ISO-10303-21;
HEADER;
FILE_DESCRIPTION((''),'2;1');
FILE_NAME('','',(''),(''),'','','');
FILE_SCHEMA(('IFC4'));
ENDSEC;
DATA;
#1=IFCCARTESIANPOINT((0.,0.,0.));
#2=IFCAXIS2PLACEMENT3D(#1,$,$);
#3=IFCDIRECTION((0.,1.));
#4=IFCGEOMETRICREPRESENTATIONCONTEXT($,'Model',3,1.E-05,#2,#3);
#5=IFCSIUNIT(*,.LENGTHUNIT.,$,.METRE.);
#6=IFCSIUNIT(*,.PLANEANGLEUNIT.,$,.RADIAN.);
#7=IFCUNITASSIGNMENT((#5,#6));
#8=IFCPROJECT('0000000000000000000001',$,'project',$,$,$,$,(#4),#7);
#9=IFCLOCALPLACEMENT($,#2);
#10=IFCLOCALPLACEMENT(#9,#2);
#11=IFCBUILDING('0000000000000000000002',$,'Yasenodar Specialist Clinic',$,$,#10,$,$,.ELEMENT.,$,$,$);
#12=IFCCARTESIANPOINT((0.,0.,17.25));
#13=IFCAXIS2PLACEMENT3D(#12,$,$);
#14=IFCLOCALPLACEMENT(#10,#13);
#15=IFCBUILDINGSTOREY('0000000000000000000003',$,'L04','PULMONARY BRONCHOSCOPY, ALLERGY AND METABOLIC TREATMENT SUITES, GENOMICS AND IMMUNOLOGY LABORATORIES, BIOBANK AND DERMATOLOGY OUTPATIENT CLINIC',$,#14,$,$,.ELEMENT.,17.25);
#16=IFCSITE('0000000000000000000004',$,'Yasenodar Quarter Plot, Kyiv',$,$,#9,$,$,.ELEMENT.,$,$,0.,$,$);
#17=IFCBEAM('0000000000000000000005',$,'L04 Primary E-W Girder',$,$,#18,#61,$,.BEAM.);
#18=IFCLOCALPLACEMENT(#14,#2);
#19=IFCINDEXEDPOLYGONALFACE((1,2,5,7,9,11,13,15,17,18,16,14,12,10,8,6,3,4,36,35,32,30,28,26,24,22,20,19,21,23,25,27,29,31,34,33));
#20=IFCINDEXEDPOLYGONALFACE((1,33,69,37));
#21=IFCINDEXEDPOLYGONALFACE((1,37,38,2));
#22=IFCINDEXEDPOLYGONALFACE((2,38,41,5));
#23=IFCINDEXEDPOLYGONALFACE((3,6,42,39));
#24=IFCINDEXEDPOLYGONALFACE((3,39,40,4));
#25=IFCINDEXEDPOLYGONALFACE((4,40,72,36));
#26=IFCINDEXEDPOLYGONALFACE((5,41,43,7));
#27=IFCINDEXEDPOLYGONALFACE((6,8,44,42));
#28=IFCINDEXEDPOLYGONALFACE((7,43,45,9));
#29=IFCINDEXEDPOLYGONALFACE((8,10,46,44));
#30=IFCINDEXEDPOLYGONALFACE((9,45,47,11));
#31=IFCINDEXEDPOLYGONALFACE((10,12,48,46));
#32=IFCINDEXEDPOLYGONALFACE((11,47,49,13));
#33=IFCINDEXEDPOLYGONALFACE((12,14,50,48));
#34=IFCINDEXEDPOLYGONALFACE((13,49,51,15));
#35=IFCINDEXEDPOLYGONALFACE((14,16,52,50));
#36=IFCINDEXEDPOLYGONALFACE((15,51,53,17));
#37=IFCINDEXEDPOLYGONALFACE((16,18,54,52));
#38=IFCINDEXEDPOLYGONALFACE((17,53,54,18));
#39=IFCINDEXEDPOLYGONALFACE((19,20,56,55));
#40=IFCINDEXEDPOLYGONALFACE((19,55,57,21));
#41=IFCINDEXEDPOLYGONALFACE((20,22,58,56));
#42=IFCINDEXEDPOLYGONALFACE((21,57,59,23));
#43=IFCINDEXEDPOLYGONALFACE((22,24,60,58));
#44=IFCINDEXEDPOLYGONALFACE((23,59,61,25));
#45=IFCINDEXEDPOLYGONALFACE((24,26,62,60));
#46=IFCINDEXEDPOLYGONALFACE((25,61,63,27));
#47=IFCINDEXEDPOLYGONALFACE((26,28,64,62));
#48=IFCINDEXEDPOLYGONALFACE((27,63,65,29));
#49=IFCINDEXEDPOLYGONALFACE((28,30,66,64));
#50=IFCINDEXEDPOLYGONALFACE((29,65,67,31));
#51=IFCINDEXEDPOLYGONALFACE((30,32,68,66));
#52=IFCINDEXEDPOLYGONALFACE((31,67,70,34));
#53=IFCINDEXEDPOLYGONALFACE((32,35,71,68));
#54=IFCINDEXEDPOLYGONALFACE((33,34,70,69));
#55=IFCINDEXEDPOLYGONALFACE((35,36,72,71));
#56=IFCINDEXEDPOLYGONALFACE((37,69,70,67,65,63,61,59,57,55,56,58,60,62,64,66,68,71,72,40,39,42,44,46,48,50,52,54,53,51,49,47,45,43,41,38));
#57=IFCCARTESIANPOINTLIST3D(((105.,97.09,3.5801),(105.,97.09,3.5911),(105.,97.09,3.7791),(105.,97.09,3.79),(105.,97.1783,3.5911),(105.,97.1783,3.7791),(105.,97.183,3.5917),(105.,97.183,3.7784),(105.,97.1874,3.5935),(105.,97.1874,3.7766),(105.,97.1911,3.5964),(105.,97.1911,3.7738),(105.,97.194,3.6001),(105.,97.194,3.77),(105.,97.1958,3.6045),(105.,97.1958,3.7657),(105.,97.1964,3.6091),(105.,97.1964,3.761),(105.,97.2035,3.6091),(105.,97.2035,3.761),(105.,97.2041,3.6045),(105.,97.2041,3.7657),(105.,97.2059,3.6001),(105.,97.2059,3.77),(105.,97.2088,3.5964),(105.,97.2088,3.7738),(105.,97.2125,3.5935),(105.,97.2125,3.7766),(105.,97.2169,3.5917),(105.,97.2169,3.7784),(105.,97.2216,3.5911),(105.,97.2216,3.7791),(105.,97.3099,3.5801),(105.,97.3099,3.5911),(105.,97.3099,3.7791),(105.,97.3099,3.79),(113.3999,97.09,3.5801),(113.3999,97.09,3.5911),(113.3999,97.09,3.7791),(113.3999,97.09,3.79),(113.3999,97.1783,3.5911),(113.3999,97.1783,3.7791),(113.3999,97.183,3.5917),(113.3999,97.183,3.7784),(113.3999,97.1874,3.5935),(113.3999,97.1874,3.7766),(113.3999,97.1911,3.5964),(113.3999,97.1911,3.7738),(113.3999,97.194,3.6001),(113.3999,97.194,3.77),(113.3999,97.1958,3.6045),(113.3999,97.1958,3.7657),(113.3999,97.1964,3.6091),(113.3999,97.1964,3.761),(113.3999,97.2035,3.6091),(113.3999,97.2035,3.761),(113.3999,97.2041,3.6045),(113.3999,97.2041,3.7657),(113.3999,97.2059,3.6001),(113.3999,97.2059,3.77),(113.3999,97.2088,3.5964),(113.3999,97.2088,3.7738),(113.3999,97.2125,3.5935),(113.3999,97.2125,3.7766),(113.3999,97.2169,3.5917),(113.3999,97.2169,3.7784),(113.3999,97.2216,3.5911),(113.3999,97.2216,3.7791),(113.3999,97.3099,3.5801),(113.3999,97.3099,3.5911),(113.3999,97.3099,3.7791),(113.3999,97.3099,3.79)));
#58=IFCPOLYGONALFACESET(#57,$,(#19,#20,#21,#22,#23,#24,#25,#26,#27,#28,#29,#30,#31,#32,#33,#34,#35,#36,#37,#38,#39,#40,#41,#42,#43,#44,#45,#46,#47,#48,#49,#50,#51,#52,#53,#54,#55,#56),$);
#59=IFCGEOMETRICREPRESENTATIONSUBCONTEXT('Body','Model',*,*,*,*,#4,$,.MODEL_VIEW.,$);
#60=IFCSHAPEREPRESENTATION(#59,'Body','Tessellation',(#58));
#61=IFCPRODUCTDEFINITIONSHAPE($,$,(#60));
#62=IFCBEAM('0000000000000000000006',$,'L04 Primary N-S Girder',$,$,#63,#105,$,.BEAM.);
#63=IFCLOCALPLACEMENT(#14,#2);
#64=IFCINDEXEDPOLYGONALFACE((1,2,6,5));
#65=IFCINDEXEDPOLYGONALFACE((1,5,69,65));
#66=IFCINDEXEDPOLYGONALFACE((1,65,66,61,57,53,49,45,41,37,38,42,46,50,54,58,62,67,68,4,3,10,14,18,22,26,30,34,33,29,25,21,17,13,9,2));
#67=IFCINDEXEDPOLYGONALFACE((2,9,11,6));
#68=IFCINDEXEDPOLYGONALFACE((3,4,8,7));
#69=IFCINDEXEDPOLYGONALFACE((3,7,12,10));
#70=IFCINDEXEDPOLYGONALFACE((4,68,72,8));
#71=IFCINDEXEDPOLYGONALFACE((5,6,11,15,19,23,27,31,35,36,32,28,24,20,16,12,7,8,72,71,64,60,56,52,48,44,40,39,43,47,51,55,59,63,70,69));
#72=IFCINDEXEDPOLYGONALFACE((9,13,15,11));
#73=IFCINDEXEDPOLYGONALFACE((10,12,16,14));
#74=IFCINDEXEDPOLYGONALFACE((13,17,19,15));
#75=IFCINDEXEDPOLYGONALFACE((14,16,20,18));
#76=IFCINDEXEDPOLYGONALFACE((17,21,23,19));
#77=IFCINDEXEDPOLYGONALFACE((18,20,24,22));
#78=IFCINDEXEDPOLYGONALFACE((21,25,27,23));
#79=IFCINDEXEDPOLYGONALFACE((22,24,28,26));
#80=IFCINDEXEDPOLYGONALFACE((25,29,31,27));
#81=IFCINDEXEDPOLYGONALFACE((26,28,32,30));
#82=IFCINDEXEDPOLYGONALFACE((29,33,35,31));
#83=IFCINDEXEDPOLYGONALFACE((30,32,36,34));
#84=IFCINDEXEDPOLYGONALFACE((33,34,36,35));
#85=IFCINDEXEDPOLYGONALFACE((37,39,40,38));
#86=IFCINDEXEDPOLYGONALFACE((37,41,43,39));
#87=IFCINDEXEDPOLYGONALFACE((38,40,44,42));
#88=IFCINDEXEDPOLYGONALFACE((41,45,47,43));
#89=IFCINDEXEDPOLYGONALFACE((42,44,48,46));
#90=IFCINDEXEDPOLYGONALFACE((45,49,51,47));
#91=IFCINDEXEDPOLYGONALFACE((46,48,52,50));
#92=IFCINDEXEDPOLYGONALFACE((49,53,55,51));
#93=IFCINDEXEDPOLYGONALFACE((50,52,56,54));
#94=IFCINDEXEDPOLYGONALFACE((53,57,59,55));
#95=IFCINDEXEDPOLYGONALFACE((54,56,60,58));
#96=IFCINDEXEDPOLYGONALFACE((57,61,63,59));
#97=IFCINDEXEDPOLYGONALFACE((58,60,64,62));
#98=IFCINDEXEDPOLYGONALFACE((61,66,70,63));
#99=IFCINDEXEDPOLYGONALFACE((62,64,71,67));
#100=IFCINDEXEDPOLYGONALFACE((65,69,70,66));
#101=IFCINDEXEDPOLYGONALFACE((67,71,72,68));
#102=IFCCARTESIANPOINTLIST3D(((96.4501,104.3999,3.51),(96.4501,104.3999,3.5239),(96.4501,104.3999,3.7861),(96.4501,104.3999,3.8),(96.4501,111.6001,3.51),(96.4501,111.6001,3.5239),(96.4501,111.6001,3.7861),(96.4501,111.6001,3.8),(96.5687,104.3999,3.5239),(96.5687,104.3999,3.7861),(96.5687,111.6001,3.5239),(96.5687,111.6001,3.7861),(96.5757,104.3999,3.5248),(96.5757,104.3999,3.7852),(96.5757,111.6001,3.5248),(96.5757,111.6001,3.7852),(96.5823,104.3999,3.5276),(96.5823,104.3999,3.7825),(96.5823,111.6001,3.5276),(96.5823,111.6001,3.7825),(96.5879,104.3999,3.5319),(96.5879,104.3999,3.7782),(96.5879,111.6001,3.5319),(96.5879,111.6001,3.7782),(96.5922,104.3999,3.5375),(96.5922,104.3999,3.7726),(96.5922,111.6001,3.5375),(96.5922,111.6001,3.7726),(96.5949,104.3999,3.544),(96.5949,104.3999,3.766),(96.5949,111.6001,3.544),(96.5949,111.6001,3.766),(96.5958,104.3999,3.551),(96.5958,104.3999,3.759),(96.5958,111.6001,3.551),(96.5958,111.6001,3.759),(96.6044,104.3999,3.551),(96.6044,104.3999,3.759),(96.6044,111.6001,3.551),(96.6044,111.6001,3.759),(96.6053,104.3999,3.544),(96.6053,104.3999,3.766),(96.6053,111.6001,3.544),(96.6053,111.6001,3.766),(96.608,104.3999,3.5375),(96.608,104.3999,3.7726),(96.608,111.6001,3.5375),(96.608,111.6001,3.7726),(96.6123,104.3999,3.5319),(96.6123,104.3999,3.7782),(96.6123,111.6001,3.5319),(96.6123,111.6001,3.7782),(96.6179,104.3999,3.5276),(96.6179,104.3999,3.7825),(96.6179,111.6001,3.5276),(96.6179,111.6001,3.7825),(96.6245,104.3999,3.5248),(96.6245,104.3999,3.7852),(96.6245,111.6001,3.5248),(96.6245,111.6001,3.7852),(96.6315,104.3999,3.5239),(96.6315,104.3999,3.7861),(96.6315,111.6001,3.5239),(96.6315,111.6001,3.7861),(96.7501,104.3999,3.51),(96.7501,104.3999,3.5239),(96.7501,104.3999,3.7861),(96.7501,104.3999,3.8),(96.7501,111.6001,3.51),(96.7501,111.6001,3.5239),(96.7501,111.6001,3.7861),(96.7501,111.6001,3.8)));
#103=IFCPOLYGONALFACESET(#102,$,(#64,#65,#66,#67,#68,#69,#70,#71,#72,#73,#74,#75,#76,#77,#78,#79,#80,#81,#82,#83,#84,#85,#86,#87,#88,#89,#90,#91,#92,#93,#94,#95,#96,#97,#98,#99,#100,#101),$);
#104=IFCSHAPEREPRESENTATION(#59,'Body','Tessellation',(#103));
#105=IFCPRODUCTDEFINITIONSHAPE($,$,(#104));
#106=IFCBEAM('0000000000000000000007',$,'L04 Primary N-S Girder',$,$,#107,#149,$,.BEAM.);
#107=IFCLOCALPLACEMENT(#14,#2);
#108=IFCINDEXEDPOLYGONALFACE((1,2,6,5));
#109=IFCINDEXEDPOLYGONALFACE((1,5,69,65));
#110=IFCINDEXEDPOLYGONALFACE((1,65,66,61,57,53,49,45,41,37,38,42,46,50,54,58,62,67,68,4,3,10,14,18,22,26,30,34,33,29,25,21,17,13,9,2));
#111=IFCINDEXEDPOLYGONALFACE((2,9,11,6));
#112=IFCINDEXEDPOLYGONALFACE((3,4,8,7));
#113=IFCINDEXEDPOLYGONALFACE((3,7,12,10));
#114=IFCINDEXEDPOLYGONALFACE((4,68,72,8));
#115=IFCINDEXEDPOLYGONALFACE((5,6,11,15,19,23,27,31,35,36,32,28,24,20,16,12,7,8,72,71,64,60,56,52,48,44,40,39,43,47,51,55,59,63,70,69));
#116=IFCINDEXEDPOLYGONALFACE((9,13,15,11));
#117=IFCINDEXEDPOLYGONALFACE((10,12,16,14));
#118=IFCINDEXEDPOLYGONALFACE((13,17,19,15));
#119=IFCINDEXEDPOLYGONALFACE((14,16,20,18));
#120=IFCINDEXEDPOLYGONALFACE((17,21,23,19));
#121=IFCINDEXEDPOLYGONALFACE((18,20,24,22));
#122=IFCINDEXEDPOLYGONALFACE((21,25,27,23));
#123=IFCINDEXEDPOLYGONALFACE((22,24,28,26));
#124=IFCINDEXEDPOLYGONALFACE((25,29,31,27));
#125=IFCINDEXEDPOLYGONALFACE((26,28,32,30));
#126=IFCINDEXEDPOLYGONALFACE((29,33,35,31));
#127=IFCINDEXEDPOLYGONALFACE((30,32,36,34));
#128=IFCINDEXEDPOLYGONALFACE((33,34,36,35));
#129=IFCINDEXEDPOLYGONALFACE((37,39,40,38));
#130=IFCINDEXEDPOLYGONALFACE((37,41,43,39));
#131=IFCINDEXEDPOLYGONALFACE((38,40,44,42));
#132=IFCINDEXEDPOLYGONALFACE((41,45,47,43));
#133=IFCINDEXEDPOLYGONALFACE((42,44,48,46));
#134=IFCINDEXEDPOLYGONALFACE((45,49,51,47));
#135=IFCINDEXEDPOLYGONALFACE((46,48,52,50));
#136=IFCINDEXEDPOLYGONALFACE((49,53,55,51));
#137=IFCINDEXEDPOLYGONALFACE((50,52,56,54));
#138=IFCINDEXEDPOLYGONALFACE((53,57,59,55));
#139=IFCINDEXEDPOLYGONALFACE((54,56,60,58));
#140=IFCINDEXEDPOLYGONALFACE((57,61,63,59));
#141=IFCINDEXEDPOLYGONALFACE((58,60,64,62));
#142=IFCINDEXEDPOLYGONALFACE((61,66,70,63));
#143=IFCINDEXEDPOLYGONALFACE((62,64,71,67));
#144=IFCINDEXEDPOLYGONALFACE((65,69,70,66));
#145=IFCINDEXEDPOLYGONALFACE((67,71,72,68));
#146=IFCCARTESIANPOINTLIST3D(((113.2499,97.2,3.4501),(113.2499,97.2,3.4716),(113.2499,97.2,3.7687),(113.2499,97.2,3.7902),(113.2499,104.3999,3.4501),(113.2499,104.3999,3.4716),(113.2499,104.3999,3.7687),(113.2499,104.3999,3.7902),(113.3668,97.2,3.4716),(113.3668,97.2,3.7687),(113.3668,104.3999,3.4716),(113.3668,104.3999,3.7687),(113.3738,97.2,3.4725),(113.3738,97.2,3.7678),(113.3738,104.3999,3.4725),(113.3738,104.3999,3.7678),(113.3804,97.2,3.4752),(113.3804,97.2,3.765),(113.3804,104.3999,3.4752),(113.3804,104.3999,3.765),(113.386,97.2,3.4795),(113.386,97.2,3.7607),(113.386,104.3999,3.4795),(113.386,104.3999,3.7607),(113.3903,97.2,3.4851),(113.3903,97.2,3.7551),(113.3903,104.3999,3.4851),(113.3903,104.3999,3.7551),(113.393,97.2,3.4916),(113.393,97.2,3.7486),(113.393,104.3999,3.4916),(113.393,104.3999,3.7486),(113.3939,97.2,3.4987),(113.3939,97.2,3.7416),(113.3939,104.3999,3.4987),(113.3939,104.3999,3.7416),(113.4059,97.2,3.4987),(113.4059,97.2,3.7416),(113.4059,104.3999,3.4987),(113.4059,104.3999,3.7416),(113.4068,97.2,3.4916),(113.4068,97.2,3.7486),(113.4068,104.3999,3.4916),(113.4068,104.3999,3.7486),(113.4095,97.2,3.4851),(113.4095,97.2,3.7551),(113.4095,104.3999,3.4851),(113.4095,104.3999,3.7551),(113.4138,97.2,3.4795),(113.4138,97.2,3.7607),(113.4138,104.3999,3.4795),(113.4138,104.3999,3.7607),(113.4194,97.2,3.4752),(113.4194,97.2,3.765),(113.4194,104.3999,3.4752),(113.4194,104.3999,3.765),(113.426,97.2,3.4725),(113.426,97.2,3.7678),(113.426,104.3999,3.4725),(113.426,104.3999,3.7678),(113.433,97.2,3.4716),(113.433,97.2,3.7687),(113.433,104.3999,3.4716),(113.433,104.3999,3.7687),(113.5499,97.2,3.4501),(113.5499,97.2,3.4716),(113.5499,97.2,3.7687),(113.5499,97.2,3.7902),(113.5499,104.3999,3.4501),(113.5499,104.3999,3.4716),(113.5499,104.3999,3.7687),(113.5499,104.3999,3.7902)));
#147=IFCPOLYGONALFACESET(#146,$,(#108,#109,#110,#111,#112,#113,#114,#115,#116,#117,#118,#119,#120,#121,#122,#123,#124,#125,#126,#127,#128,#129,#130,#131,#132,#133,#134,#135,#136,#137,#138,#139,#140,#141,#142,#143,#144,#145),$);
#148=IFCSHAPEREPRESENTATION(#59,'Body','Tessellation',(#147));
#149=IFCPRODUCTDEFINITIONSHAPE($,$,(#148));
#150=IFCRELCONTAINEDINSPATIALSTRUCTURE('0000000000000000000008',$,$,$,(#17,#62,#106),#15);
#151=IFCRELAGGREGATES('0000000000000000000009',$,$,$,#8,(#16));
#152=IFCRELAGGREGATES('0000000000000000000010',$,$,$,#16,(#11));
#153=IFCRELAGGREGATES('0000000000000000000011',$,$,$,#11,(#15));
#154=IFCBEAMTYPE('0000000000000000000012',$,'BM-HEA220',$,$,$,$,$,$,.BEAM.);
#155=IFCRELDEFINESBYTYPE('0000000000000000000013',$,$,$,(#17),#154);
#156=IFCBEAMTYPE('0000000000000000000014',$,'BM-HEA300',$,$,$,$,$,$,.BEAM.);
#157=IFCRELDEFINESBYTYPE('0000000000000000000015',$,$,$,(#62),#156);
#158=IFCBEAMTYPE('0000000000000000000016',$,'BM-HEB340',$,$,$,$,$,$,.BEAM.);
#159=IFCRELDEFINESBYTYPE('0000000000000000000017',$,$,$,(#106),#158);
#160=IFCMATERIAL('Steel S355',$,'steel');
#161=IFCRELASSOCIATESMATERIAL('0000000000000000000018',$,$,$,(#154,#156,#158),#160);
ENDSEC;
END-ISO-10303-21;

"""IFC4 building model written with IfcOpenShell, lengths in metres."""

from ifc_helpers import new_model, si_unit, direction, frame, origin, origin_2d, place, context, subcontext, project, spatial, i_section, extrude, material, material_profile, profile_set, type_object, element, save


model = new_model("IFC4")

# Units and contexts
model_context = context("Model", 3, precision=1e-05, world=origin(), true_north=direction((0.0, 1.0)))
body_context = subcontext(model_context, "Body", "Model", "MODEL_VIEW")
ifc_project = project(units=[si_unit("LENGTHUNIT", "METRE"), si_unit("PLANEANGLEUNIT", "RADIAN")], contexts=[model_context])

# Site, building, storey
site_placement = place(None, origin())
site = spatial("IfcSite", under=ifc_project, at=site_placement, Name="Yasenodar Quarter Plot, Kyiv", CompositionType="ELEMENT", RefElevation=0.0)
building_placement = place(site_placement, origin())
building = spatial("IfcBuilding", under=site, at=building_placement, Name="Yasenodar Specialist Clinic", CompositionType="ELEMENT")
storey_placement = place(building_placement, frame((0.0, 0.0, 17.25)))
storey = spatial("IfcBuildingStorey", under=building, at=storey_placement, Name="L04", Description="PULMONARY BRONCHOSCOPY, ALLERGY AND METABOLIC TREATMENT SUITES, GENOMICS AND IMMUNOLOGY LABORATORIES, BIOBANK AND DERMATOLOGY OUTPATIENT CLINIC", CompositionType="ELEMENT", Elevation=17.25)

# Shared definitions
ifc_material_1 = material(Name="Steel S355", Category="steel")

# Beams
ifc_material_profile_1 = material_profile(ifc_material_1, i_section(OverallWidth=0.22, OverallDepth=0.21, WebThickness=0.0071, FlangeThickness=0.011, FilletRadius=0.0181, at=origin_2d()), Name="HEA 220")
ifc_profile_set_1 = profile_set([ifc_material_profile_1], Name="Steel S355")
beam_type_1 = type_object("IfcBeamType", Name="BM-HEA220", PredefinedType="BEAM", material=ifc_profile_set_1)
beam_1_placement = place(storey_placement, frame((105.0, 97.2, 3.6851), z_axis=(1.0, 0.0, 0.0), x_axis=(0.0, 1.0, 0.0)))
element("IfcBeam", 1, at=beam_1_placement, inside=storey, type_object=beam_type_1, Name="L04 Primary E-W Girder", PredefinedType="BEAM", context=body_context, shape_type="SweptSolid", body=[
    extrude(i_section(OverallWidth=0.22, OverallDepth=0.21, WebThickness=0.0071, FlangeThickness=0.011, FilletRadius=0.0181, at=origin_2d()), origin(), (0.0, 0.0, 1.0), 8.3999),
])
ifc_material_profile_2 = material_profile(ifc_material_1, i_section(OverallWidth=0.3, OverallDepth=0.29, WebThickness=0.0085, FlangeThickness=0.0139, FilletRadius=0.0271, at=origin_2d()), Name="HEA 300")
ifc_profile_set_2 = profile_set([ifc_material_profile_2], Name="Steel S355")
beam_type_2 = type_object("IfcBeamType", Name="BM-HEA300", PredefinedType="BEAM", material=ifc_profile_set_2)
beam_2_placement = place(storey_placement, frame((96.6001, 104.3999, 3.655), z_axis=(0.0, 1.0, 0.0), x_axis=(-1.0, 0.0, 0.0)))
element("IfcBeam", 2, at=beam_2_placement, inside=storey, type_object=beam_type_2, Name="L04 Primary N-S Girder", PredefinedType="BEAM", context=body_context, shape_type="SweptSolid", body=[
    extrude(i_section(OverallWidth=0.3, OverallDepth=0.29, WebThickness=0.0085, FlangeThickness=0.0139, FilletRadius=0.0271, at=origin_2d()), origin(), (0.0, 0.0, 1.0), 7.2002),
])
ifc_material_profile_3 = material_profile(ifc_material_1, i_section(OverallWidth=0.3, OverallDepth=0.3401, WebThickness=0.012, FlangeThickness=0.0215, FilletRadius=0.0271, at=origin_2d()), Name="HEB 340")
ifc_profile_set_3 = profile_set([ifc_material_profile_3], Name="Steel S355")
beam_type_3 = type_object("IfcBeamType", Name="BM-HEB340", PredefinedType="BEAM", material=ifc_profile_set_3)
beam_3_placement = place(storey_placement, frame((113.3999, 97.2, 3.6201), z_axis=(0.0, 1.0, 0.0), x_axis=(-1.0, 0.0, 0.0)))
element("IfcBeam", 3, at=beam_3_placement, inside=storey, type_object=beam_type_3, Name="L04 Primary N-S Girder", PredefinedType="BEAM", context=body_context, shape_type="SweptSolid", body=[
    extrude(i_section(OverallWidth=0.3, OverallDepth=0.3401, WebThickness=0.012, FlangeThickness=0.0215, FilletRadius=0.0271, at=origin_2d()), origin(), (0.0, 0.0, 1.0), 7.2),
])

save(model, "model.ifc")
